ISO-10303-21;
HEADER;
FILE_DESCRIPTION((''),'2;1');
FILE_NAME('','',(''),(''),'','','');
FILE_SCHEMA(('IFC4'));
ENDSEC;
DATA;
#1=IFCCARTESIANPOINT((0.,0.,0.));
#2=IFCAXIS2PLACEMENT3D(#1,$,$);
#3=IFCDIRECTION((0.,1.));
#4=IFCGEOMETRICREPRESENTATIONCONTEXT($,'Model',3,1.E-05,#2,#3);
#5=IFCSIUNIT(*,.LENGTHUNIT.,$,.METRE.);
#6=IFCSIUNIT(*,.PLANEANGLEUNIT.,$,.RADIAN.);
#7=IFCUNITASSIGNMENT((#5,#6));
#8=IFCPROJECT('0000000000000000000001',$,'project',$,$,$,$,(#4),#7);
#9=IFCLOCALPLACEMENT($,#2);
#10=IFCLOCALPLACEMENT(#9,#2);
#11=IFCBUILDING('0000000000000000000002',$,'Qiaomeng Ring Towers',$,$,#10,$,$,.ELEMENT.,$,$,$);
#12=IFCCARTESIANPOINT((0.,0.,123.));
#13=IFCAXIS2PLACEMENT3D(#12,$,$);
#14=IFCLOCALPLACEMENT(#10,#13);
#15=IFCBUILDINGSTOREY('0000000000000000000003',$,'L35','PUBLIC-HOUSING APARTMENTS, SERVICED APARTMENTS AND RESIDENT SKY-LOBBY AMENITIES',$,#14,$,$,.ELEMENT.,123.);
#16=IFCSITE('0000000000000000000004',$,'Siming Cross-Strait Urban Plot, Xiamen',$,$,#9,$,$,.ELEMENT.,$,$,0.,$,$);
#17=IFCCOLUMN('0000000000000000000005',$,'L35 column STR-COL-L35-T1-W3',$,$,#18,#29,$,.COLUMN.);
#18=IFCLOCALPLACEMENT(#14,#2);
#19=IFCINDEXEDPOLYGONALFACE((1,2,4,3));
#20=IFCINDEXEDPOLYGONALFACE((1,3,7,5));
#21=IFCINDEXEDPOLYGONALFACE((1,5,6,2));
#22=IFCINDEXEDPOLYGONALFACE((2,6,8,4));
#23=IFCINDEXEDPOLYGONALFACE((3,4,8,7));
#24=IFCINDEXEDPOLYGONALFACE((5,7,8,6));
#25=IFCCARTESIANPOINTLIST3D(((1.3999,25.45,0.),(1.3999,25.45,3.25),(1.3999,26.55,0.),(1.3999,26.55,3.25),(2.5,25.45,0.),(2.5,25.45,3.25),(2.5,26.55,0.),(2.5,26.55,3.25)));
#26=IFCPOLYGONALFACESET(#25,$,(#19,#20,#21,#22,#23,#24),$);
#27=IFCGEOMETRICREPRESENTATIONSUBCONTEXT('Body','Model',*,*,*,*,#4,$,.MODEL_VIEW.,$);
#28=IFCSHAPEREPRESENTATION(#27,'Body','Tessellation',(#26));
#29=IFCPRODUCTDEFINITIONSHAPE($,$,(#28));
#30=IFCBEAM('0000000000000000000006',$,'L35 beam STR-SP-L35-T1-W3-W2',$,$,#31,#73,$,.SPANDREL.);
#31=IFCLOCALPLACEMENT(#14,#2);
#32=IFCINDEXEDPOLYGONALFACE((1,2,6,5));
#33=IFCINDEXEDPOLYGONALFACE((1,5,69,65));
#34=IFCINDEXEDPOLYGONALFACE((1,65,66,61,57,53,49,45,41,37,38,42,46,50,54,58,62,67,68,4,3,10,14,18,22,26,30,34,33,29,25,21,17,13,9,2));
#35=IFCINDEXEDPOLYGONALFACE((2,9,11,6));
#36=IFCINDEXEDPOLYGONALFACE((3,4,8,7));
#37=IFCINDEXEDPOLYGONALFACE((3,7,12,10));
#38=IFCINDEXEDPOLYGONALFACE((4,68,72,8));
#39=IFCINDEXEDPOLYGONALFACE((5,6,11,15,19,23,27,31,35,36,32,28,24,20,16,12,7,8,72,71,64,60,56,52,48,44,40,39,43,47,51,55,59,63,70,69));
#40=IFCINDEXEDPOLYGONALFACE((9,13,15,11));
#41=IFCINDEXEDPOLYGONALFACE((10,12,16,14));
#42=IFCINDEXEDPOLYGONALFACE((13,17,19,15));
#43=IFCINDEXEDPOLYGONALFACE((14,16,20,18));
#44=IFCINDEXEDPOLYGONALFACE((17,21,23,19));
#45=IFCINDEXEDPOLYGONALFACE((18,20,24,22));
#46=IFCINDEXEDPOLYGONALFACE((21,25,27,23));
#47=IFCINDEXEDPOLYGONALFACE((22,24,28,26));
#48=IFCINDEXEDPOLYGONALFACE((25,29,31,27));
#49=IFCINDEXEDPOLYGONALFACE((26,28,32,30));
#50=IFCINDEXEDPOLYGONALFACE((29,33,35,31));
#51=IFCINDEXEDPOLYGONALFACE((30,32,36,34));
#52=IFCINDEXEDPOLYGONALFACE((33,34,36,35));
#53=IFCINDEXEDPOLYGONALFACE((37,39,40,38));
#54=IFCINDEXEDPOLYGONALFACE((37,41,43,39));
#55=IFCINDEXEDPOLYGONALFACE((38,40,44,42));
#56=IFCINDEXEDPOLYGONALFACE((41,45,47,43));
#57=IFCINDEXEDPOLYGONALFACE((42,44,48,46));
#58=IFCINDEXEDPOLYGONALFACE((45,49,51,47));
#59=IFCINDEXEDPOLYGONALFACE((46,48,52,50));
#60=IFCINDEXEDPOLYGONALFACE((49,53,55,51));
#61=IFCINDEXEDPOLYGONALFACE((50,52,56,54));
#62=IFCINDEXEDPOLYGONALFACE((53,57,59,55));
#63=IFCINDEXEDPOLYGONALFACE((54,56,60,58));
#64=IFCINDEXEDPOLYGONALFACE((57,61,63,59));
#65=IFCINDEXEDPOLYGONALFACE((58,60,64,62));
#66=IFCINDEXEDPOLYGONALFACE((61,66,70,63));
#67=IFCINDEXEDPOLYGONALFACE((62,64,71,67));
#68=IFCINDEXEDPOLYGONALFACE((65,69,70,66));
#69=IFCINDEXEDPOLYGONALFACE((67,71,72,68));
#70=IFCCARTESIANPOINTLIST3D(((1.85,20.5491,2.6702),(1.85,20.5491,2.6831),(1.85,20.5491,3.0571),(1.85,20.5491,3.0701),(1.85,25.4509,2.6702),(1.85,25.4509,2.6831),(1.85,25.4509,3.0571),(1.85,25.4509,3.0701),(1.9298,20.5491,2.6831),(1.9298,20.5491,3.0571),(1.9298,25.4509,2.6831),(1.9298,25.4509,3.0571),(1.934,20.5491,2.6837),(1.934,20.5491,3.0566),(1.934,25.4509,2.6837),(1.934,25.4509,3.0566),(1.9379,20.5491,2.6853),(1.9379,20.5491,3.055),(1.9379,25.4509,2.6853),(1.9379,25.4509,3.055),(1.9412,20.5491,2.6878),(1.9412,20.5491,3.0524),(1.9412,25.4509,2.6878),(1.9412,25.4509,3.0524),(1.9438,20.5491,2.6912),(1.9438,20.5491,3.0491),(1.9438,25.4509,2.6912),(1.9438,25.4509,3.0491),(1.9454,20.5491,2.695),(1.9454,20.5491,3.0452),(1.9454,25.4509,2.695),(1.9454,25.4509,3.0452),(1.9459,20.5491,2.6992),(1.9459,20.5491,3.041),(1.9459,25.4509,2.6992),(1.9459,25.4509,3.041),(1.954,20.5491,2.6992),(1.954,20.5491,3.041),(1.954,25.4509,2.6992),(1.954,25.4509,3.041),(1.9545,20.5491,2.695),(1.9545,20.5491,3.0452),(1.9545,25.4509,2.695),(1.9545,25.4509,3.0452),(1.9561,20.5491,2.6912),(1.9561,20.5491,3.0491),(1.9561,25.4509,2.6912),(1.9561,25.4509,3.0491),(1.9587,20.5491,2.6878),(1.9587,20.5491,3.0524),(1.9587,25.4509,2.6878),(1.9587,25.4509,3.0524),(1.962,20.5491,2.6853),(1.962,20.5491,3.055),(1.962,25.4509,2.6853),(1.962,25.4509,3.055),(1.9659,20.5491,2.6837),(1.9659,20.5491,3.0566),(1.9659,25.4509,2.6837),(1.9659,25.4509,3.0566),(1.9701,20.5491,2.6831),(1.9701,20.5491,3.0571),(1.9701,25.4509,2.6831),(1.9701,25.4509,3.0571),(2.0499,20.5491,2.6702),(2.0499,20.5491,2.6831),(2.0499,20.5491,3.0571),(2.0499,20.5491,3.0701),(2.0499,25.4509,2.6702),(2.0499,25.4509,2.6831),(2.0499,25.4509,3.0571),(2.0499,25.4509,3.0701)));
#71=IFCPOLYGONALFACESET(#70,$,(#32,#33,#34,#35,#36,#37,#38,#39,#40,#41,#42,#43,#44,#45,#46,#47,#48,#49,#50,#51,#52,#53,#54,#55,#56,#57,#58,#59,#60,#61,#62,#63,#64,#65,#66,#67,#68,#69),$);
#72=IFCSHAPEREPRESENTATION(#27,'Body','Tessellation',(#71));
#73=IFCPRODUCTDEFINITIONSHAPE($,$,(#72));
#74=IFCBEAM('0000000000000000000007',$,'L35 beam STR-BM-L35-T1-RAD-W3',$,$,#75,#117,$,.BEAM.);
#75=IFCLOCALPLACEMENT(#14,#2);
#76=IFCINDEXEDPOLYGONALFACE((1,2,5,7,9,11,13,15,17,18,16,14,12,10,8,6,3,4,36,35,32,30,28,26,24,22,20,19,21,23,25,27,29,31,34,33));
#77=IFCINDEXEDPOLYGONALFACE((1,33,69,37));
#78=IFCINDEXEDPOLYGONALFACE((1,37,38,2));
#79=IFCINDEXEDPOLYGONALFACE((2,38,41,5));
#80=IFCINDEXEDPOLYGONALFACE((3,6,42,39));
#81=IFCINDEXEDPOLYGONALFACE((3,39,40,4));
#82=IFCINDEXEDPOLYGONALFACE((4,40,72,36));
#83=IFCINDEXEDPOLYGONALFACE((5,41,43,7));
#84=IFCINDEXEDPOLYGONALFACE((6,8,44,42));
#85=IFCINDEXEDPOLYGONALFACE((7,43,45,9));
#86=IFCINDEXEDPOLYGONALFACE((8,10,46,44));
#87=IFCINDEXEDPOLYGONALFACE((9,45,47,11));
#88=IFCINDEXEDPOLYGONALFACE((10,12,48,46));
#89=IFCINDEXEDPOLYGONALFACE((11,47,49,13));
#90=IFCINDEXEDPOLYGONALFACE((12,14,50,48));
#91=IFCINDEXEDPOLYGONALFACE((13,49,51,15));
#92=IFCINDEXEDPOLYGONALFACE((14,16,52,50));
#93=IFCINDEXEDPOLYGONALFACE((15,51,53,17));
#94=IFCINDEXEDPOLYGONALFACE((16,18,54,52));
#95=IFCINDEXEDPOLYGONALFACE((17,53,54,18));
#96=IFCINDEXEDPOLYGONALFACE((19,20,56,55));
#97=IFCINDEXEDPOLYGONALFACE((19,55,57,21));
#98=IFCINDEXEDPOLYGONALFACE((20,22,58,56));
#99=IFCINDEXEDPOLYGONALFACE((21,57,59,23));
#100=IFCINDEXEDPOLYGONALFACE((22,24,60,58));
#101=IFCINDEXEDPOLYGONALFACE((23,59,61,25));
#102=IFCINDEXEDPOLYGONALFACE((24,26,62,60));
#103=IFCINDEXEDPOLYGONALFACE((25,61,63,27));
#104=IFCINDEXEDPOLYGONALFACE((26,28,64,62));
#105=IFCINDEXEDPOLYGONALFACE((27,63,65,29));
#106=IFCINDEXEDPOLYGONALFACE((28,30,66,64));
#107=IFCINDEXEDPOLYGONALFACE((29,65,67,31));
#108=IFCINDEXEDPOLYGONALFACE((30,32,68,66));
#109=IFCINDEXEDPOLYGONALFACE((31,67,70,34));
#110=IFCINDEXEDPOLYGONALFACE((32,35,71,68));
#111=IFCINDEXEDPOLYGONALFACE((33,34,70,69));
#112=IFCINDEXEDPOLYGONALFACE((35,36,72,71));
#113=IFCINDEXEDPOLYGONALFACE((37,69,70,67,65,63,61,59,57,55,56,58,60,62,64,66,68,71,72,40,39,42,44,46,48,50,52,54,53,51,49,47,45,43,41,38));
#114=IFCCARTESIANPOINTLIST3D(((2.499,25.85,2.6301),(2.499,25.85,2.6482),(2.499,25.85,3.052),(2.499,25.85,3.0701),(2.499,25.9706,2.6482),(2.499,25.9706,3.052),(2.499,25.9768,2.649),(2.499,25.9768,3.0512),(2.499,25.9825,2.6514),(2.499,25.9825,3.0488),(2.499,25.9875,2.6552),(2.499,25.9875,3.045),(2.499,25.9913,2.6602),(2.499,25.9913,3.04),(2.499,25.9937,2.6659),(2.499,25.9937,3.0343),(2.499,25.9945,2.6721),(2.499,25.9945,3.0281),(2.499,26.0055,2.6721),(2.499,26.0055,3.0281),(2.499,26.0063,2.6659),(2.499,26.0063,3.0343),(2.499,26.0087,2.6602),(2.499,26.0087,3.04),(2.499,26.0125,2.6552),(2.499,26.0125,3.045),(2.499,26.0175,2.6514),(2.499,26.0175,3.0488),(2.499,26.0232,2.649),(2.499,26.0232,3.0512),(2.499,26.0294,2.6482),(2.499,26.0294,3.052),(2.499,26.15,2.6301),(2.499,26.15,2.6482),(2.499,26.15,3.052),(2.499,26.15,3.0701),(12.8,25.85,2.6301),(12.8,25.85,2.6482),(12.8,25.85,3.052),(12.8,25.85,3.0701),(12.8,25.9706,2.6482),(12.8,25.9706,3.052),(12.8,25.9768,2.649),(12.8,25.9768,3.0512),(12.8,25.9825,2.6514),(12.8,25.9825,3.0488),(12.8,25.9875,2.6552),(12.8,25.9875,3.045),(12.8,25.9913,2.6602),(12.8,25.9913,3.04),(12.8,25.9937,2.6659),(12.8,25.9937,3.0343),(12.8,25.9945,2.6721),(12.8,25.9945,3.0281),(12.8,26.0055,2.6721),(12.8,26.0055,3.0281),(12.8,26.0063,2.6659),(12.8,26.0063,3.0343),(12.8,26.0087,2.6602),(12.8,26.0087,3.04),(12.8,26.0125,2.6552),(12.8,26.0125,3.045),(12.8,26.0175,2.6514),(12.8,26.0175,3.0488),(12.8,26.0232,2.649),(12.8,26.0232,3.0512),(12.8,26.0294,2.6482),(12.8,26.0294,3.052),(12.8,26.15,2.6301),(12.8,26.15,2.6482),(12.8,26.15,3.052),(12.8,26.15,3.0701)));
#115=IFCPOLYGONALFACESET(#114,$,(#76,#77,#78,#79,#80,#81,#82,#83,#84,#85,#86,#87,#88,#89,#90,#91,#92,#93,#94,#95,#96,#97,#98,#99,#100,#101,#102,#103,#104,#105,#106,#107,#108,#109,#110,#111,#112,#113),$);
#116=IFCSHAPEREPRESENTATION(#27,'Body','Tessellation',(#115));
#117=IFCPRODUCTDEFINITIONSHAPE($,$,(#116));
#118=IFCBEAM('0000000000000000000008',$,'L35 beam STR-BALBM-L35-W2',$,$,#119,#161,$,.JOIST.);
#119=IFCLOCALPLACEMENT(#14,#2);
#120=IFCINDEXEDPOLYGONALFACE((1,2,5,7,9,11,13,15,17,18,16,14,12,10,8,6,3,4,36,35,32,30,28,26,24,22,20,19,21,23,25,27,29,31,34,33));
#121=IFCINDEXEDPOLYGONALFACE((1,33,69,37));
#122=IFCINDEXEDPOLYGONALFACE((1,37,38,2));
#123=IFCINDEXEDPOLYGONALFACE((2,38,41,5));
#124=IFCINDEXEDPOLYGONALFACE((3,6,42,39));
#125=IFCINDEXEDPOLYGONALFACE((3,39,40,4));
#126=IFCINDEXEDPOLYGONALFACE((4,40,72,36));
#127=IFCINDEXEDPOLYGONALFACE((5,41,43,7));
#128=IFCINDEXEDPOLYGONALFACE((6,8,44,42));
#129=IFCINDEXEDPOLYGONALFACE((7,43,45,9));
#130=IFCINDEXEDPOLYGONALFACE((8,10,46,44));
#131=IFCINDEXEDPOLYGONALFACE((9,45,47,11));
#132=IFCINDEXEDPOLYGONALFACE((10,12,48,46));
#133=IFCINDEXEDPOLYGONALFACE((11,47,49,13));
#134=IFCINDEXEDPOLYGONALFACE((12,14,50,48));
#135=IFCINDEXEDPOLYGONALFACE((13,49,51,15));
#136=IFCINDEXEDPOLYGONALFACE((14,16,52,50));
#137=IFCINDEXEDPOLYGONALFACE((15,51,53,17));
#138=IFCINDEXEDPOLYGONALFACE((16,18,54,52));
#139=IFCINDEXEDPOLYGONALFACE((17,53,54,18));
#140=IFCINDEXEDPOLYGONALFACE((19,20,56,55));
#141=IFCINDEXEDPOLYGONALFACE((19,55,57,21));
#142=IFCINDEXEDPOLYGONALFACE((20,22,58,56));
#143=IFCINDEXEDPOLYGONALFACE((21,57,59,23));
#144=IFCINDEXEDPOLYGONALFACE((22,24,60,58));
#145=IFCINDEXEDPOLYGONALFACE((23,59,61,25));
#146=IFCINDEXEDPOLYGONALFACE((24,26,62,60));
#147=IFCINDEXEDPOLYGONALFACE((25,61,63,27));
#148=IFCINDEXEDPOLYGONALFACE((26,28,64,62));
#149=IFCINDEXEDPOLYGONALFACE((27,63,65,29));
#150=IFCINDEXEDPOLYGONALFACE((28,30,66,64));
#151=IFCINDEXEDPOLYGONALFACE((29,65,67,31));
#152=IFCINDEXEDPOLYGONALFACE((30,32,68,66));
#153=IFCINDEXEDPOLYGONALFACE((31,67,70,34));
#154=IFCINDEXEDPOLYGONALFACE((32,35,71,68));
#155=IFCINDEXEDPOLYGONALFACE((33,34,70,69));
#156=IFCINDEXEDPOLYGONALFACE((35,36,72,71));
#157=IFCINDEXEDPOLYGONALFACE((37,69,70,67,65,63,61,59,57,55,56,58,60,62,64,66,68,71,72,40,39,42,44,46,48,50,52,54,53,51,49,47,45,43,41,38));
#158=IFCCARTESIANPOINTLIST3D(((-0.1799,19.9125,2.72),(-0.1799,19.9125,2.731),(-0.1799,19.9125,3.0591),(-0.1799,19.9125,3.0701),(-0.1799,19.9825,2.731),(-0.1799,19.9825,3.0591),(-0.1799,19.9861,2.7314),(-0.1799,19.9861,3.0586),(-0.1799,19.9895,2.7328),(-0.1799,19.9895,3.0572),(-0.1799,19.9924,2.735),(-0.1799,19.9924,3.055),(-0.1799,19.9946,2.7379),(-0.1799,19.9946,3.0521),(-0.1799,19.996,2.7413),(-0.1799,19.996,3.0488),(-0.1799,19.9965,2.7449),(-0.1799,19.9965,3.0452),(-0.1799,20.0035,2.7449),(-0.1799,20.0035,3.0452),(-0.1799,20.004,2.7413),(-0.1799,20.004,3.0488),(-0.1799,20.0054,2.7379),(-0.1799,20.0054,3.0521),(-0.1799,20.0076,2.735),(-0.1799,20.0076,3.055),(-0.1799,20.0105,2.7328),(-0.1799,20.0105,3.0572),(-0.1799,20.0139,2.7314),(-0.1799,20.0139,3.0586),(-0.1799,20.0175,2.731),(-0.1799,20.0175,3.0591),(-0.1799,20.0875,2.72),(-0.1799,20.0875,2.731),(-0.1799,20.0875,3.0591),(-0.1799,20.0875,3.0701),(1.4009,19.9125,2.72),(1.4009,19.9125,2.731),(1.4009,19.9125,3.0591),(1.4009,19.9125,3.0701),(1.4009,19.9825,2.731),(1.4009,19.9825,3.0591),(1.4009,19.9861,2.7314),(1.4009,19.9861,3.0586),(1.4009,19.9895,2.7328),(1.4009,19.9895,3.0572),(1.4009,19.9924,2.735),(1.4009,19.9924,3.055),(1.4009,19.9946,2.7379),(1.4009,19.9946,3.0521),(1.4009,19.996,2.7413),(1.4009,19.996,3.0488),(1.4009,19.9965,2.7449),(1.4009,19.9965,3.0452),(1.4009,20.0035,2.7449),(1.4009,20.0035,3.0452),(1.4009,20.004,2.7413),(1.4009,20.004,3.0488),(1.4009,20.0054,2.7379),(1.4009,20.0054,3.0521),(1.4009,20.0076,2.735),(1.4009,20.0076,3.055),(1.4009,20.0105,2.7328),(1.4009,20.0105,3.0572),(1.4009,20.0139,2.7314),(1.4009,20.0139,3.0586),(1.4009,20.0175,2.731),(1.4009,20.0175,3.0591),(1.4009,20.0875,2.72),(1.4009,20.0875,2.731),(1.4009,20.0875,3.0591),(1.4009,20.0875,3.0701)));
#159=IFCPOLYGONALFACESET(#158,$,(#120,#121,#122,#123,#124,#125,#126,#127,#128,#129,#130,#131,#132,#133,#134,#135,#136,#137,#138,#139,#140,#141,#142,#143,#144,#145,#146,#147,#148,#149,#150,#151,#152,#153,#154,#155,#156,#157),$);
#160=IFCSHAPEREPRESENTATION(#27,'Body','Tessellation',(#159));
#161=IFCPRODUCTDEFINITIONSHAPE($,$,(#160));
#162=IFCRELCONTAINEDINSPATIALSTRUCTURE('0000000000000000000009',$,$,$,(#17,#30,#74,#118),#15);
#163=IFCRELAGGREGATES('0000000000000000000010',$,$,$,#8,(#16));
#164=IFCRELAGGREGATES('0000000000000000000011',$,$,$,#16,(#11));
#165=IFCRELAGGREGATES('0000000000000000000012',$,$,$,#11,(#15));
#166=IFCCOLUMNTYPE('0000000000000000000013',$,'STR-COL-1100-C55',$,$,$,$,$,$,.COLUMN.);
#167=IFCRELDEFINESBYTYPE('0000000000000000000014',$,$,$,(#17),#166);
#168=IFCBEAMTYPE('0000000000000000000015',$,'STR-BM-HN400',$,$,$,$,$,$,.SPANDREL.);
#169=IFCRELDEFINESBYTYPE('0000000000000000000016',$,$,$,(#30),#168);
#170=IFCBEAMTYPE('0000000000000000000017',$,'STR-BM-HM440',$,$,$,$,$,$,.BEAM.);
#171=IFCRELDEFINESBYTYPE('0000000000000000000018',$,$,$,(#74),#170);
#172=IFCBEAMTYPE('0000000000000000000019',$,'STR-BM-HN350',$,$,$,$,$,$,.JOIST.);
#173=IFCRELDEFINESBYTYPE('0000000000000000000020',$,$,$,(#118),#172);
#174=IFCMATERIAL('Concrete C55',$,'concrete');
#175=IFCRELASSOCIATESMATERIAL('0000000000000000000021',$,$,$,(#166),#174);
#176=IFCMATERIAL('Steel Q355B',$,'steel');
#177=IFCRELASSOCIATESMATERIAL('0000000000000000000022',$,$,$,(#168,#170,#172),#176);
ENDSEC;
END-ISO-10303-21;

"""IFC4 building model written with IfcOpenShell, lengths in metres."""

from ifc_helpers import new_model, si_unit, direction, frame, origin, origin_2d, place, context, subcontext, project, spatial, rectangle, i_section, extrude, source, transform, mapped, material, material_profile, profile_set, type_object, element, save


model = new_model("IFC4")

# Units and contexts
model_context = context("Model", 3, precision=1e-05, world=origin(), true_north=direction((0.0, 1.0)))
body_context = subcontext(model_context, "Body", "Model", "MODEL_VIEW")
ifc_project = project(units=[si_unit("LENGTHUNIT", "METRE"), si_unit("PLANEANGLEUNIT", "RADIAN")], contexts=[model_context])

# Site, building, storey
site_placement = place(None, origin())
site = spatial("IfcSite", under=ifc_project, at=site_placement, Name="Siming Cross-Strait Urban Plot, Xiamen", CompositionType="ELEMENT", RefElevation=0.0)
building_placement = place(site_placement, origin())
building = spatial("IfcBuilding", under=site, at=building_placement, Name="Qiaomeng Ring Towers", CompositionType="ELEMENT")
storey_placement = place(building_placement, frame((0.0, 0.0, 123.0)))
storey = spatial("IfcBuildingStorey", under=building, at=storey_placement, Name="L35", Description="PUBLIC-HOUSING APARTMENTS, SERVICED APARTMENTS AND RESIDENT SKY-LOBBY AMENITIES", CompositionType="ELEMENT", Elevation=123.0)

# Column
ifc_material_1 = material(Name="Concrete C55", Category="concrete")
ifc_material_profile_1 = material_profile(ifc_material_1, rectangle(XDim=1.1001, YDim=1.1001, at=origin_2d()), Name="RC COL 1100x1100")
ifc_profile_set_1 = profile_set([ifc_material_profile_1], Name="Concrete C55")
column_type = type_object("IfcColumnType", Name="STR-COL-1100-C55", PredefinedType="COLUMN", material=ifc_profile_set_1)
shared_shape_1 = source(origin(), body_context, "Body", "SweptSolid", [
    extrude(rectangle(XDim=1.1001, YDim=1.1001, at=origin_2d()), origin(), (0.0, 0.0, 1.0), 3.25),
])
column_placement = place(storey_placement, frame((1.95, 26.0, 0.0), z_axis=(0.0, 0.0, 1.0), x_axis=(1.0, 0.0, 0.0)))
element("IfcColumn", 1, at=column_placement, inside=storey, type_object=column_type, Name="L35 column STR-COL-L35-T1-W3", PredefinedType="COLUMN", context=body_context, shape_type="MappedRepresentation", body=[
    mapped(shared_shape_1, transform((0.0, 0.0, 0.0), x_axis=(1.0, 0.0, 0.0), y_axis=(0.0, 1.0, 0.0), z_axis=(0.0, 0.0, 1.0), scale=1.0)),
])

# Beams
ifc_material_2 = material(Name="Steel Q355B", Category="steel")
ifc_material_profile_2 = material_profile(ifc_material_2, i_section(OverallWidth=0.2, OverallDepth=0.3999, WebThickness=0.0081, FlangeThickness=0.0129, FilletRadius=0.0161, at=origin_2d()), Name="HN 400x200x8x13")
ifc_profile_set_2 = profile_set([ifc_material_profile_2], Name="Steel Q355B")
beam_type_1 = type_object("IfcBeamType", Name="STR-BM-HN400", PredefinedType="SPANDREL", material=ifc_profile_set_2)
shared_shape_2 = source(origin(), body_context, "Body", "SweptSolid", [
    extrude(i_section(OverallWidth=0.2, OverallDepth=0.3999, WebThickness=0.0081, FlangeThickness=0.0129, FilletRadius=0.0161, at=origin_2d()), origin(), (0.0, 0.0, 1.0), 4.9019),
])
beam_1_placement = place(storey_placement, frame((1.95, 25.4509, 2.8701), z_axis=(0.0, -1.0, 0.0), x_axis=(1.0, 0.0, 0.0)))
element("IfcBeam", 2, at=beam_1_placement, inside=storey, type_object=beam_type_1, Name="L35 beam STR-SP-L35-T1-W3-W2", PredefinedType="SPANDREL", context=body_context, shape_type="MappedRepresentation", body=[
    mapped(shared_shape_2, transform((0.0, 0.0, 0.0), x_axis=(1.0, 0.0, 0.0), y_axis=(0.0, 1.0, 0.0), z_axis=(0.0, 0.0, 1.0), scale=1.0)),
])
ifc_material_profile_3 = material_profile(ifc_material_2, i_section(OverallWidth=0.3, OverallDepth=0.4399, WebThickness=0.011, FlangeThickness=0.0181, FilletRadius=0.0239, at=origin_2d()), Name="HM 440x300x11x18")
ifc_profile_set_3 = profile_set([ifc_material_profile_3], Name="Steel Q355B")
beam_type_2 = type_object("IfcBeamType", Name="STR-BM-HM440", PredefinedType="BEAM", material=ifc_profile_set_3)
shared_shape_3 = source(origin(), body_context, "Body", "SweptSolid", [
    extrude(i_section(OverallWidth=0.3, OverallDepth=0.4399, WebThickness=0.011, FlangeThickness=0.0181, FilletRadius=0.0239, at=origin_2d()), origin(), (0.0, 0.0, 1.0), 10.301),
])
beam_2_placement = place(storey_placement, frame((2.499, 26.0, 2.8501), z_axis=(1.0, 0.0, 0.0), x_axis=(0.0, 1.0, 0.0)))
element("IfcBeam", 3, at=beam_2_placement, inside=storey, type_object=beam_type_2, Name="L35 beam STR-BM-L35-T1-RAD-W3", PredefinedType="BEAM", context=body_context, shape_type="MappedRepresentation", body=[
    mapped(shared_shape_3, transform((0.0, 0.0, 0.0), x_axis=(1.0, 0.0, 0.0), y_axis=(0.0, 1.0, 0.0), z_axis=(0.0, 0.0, 1.0), scale=1.0)),
])
ifc_material_profile_4 = material_profile(ifc_material_2, i_section(OverallWidth=0.175, OverallDepth=0.3501, WebThickness=0.0071, FlangeThickness=0.011, FilletRadius=0.0139, at=origin_2d()), Name="HN 350x175x7x11")
ifc_profile_set_4 = profile_set([ifc_material_profile_4], Name="Steel Q355B")
beam_type_3 = type_object("IfcBeamType", Name="STR-BM-HN350", PredefinedType="JOIST", material=ifc_profile_set_4)
shared_shape_4 = source(origin(), body_context, "Body", "SweptSolid", [
    extrude(i_section(OverallWidth=0.175, OverallDepth=0.3501, WebThickness=0.0071, FlangeThickness=0.011, FilletRadius=0.0139, at=origin_2d()), origin(), (0.0, 0.0, 1.0), 1.5808),
])
for number, where, z_axis, x_axis, name in (
    (4, (-0.1799, 20.0, 2.895), (1.0, 0.0, 0.0), (0.0, 1.0, 0.0), "L35 beam STR-BALBM-L35-W2"),
):
    element("IfcBeam", number, at=place(storey_placement, frame(where, z_axis=z_axis, x_axis=x_axis)), inside=storey, type_object=beam_type_3, Name=name, PredefinedType="JOIST", context=body_context, shape_type="MappedRepresentation", body=[
        mapped(shared_shape_4, transform((0.0, 0.0, 0.0), x_axis=(1.0, 0.0, 0.0), y_axis=(0.0, 1.0, 0.0), z_axis=(0.0, 0.0, 1.0), scale=1.0)),
    ])

save(model, "model.ifc")
